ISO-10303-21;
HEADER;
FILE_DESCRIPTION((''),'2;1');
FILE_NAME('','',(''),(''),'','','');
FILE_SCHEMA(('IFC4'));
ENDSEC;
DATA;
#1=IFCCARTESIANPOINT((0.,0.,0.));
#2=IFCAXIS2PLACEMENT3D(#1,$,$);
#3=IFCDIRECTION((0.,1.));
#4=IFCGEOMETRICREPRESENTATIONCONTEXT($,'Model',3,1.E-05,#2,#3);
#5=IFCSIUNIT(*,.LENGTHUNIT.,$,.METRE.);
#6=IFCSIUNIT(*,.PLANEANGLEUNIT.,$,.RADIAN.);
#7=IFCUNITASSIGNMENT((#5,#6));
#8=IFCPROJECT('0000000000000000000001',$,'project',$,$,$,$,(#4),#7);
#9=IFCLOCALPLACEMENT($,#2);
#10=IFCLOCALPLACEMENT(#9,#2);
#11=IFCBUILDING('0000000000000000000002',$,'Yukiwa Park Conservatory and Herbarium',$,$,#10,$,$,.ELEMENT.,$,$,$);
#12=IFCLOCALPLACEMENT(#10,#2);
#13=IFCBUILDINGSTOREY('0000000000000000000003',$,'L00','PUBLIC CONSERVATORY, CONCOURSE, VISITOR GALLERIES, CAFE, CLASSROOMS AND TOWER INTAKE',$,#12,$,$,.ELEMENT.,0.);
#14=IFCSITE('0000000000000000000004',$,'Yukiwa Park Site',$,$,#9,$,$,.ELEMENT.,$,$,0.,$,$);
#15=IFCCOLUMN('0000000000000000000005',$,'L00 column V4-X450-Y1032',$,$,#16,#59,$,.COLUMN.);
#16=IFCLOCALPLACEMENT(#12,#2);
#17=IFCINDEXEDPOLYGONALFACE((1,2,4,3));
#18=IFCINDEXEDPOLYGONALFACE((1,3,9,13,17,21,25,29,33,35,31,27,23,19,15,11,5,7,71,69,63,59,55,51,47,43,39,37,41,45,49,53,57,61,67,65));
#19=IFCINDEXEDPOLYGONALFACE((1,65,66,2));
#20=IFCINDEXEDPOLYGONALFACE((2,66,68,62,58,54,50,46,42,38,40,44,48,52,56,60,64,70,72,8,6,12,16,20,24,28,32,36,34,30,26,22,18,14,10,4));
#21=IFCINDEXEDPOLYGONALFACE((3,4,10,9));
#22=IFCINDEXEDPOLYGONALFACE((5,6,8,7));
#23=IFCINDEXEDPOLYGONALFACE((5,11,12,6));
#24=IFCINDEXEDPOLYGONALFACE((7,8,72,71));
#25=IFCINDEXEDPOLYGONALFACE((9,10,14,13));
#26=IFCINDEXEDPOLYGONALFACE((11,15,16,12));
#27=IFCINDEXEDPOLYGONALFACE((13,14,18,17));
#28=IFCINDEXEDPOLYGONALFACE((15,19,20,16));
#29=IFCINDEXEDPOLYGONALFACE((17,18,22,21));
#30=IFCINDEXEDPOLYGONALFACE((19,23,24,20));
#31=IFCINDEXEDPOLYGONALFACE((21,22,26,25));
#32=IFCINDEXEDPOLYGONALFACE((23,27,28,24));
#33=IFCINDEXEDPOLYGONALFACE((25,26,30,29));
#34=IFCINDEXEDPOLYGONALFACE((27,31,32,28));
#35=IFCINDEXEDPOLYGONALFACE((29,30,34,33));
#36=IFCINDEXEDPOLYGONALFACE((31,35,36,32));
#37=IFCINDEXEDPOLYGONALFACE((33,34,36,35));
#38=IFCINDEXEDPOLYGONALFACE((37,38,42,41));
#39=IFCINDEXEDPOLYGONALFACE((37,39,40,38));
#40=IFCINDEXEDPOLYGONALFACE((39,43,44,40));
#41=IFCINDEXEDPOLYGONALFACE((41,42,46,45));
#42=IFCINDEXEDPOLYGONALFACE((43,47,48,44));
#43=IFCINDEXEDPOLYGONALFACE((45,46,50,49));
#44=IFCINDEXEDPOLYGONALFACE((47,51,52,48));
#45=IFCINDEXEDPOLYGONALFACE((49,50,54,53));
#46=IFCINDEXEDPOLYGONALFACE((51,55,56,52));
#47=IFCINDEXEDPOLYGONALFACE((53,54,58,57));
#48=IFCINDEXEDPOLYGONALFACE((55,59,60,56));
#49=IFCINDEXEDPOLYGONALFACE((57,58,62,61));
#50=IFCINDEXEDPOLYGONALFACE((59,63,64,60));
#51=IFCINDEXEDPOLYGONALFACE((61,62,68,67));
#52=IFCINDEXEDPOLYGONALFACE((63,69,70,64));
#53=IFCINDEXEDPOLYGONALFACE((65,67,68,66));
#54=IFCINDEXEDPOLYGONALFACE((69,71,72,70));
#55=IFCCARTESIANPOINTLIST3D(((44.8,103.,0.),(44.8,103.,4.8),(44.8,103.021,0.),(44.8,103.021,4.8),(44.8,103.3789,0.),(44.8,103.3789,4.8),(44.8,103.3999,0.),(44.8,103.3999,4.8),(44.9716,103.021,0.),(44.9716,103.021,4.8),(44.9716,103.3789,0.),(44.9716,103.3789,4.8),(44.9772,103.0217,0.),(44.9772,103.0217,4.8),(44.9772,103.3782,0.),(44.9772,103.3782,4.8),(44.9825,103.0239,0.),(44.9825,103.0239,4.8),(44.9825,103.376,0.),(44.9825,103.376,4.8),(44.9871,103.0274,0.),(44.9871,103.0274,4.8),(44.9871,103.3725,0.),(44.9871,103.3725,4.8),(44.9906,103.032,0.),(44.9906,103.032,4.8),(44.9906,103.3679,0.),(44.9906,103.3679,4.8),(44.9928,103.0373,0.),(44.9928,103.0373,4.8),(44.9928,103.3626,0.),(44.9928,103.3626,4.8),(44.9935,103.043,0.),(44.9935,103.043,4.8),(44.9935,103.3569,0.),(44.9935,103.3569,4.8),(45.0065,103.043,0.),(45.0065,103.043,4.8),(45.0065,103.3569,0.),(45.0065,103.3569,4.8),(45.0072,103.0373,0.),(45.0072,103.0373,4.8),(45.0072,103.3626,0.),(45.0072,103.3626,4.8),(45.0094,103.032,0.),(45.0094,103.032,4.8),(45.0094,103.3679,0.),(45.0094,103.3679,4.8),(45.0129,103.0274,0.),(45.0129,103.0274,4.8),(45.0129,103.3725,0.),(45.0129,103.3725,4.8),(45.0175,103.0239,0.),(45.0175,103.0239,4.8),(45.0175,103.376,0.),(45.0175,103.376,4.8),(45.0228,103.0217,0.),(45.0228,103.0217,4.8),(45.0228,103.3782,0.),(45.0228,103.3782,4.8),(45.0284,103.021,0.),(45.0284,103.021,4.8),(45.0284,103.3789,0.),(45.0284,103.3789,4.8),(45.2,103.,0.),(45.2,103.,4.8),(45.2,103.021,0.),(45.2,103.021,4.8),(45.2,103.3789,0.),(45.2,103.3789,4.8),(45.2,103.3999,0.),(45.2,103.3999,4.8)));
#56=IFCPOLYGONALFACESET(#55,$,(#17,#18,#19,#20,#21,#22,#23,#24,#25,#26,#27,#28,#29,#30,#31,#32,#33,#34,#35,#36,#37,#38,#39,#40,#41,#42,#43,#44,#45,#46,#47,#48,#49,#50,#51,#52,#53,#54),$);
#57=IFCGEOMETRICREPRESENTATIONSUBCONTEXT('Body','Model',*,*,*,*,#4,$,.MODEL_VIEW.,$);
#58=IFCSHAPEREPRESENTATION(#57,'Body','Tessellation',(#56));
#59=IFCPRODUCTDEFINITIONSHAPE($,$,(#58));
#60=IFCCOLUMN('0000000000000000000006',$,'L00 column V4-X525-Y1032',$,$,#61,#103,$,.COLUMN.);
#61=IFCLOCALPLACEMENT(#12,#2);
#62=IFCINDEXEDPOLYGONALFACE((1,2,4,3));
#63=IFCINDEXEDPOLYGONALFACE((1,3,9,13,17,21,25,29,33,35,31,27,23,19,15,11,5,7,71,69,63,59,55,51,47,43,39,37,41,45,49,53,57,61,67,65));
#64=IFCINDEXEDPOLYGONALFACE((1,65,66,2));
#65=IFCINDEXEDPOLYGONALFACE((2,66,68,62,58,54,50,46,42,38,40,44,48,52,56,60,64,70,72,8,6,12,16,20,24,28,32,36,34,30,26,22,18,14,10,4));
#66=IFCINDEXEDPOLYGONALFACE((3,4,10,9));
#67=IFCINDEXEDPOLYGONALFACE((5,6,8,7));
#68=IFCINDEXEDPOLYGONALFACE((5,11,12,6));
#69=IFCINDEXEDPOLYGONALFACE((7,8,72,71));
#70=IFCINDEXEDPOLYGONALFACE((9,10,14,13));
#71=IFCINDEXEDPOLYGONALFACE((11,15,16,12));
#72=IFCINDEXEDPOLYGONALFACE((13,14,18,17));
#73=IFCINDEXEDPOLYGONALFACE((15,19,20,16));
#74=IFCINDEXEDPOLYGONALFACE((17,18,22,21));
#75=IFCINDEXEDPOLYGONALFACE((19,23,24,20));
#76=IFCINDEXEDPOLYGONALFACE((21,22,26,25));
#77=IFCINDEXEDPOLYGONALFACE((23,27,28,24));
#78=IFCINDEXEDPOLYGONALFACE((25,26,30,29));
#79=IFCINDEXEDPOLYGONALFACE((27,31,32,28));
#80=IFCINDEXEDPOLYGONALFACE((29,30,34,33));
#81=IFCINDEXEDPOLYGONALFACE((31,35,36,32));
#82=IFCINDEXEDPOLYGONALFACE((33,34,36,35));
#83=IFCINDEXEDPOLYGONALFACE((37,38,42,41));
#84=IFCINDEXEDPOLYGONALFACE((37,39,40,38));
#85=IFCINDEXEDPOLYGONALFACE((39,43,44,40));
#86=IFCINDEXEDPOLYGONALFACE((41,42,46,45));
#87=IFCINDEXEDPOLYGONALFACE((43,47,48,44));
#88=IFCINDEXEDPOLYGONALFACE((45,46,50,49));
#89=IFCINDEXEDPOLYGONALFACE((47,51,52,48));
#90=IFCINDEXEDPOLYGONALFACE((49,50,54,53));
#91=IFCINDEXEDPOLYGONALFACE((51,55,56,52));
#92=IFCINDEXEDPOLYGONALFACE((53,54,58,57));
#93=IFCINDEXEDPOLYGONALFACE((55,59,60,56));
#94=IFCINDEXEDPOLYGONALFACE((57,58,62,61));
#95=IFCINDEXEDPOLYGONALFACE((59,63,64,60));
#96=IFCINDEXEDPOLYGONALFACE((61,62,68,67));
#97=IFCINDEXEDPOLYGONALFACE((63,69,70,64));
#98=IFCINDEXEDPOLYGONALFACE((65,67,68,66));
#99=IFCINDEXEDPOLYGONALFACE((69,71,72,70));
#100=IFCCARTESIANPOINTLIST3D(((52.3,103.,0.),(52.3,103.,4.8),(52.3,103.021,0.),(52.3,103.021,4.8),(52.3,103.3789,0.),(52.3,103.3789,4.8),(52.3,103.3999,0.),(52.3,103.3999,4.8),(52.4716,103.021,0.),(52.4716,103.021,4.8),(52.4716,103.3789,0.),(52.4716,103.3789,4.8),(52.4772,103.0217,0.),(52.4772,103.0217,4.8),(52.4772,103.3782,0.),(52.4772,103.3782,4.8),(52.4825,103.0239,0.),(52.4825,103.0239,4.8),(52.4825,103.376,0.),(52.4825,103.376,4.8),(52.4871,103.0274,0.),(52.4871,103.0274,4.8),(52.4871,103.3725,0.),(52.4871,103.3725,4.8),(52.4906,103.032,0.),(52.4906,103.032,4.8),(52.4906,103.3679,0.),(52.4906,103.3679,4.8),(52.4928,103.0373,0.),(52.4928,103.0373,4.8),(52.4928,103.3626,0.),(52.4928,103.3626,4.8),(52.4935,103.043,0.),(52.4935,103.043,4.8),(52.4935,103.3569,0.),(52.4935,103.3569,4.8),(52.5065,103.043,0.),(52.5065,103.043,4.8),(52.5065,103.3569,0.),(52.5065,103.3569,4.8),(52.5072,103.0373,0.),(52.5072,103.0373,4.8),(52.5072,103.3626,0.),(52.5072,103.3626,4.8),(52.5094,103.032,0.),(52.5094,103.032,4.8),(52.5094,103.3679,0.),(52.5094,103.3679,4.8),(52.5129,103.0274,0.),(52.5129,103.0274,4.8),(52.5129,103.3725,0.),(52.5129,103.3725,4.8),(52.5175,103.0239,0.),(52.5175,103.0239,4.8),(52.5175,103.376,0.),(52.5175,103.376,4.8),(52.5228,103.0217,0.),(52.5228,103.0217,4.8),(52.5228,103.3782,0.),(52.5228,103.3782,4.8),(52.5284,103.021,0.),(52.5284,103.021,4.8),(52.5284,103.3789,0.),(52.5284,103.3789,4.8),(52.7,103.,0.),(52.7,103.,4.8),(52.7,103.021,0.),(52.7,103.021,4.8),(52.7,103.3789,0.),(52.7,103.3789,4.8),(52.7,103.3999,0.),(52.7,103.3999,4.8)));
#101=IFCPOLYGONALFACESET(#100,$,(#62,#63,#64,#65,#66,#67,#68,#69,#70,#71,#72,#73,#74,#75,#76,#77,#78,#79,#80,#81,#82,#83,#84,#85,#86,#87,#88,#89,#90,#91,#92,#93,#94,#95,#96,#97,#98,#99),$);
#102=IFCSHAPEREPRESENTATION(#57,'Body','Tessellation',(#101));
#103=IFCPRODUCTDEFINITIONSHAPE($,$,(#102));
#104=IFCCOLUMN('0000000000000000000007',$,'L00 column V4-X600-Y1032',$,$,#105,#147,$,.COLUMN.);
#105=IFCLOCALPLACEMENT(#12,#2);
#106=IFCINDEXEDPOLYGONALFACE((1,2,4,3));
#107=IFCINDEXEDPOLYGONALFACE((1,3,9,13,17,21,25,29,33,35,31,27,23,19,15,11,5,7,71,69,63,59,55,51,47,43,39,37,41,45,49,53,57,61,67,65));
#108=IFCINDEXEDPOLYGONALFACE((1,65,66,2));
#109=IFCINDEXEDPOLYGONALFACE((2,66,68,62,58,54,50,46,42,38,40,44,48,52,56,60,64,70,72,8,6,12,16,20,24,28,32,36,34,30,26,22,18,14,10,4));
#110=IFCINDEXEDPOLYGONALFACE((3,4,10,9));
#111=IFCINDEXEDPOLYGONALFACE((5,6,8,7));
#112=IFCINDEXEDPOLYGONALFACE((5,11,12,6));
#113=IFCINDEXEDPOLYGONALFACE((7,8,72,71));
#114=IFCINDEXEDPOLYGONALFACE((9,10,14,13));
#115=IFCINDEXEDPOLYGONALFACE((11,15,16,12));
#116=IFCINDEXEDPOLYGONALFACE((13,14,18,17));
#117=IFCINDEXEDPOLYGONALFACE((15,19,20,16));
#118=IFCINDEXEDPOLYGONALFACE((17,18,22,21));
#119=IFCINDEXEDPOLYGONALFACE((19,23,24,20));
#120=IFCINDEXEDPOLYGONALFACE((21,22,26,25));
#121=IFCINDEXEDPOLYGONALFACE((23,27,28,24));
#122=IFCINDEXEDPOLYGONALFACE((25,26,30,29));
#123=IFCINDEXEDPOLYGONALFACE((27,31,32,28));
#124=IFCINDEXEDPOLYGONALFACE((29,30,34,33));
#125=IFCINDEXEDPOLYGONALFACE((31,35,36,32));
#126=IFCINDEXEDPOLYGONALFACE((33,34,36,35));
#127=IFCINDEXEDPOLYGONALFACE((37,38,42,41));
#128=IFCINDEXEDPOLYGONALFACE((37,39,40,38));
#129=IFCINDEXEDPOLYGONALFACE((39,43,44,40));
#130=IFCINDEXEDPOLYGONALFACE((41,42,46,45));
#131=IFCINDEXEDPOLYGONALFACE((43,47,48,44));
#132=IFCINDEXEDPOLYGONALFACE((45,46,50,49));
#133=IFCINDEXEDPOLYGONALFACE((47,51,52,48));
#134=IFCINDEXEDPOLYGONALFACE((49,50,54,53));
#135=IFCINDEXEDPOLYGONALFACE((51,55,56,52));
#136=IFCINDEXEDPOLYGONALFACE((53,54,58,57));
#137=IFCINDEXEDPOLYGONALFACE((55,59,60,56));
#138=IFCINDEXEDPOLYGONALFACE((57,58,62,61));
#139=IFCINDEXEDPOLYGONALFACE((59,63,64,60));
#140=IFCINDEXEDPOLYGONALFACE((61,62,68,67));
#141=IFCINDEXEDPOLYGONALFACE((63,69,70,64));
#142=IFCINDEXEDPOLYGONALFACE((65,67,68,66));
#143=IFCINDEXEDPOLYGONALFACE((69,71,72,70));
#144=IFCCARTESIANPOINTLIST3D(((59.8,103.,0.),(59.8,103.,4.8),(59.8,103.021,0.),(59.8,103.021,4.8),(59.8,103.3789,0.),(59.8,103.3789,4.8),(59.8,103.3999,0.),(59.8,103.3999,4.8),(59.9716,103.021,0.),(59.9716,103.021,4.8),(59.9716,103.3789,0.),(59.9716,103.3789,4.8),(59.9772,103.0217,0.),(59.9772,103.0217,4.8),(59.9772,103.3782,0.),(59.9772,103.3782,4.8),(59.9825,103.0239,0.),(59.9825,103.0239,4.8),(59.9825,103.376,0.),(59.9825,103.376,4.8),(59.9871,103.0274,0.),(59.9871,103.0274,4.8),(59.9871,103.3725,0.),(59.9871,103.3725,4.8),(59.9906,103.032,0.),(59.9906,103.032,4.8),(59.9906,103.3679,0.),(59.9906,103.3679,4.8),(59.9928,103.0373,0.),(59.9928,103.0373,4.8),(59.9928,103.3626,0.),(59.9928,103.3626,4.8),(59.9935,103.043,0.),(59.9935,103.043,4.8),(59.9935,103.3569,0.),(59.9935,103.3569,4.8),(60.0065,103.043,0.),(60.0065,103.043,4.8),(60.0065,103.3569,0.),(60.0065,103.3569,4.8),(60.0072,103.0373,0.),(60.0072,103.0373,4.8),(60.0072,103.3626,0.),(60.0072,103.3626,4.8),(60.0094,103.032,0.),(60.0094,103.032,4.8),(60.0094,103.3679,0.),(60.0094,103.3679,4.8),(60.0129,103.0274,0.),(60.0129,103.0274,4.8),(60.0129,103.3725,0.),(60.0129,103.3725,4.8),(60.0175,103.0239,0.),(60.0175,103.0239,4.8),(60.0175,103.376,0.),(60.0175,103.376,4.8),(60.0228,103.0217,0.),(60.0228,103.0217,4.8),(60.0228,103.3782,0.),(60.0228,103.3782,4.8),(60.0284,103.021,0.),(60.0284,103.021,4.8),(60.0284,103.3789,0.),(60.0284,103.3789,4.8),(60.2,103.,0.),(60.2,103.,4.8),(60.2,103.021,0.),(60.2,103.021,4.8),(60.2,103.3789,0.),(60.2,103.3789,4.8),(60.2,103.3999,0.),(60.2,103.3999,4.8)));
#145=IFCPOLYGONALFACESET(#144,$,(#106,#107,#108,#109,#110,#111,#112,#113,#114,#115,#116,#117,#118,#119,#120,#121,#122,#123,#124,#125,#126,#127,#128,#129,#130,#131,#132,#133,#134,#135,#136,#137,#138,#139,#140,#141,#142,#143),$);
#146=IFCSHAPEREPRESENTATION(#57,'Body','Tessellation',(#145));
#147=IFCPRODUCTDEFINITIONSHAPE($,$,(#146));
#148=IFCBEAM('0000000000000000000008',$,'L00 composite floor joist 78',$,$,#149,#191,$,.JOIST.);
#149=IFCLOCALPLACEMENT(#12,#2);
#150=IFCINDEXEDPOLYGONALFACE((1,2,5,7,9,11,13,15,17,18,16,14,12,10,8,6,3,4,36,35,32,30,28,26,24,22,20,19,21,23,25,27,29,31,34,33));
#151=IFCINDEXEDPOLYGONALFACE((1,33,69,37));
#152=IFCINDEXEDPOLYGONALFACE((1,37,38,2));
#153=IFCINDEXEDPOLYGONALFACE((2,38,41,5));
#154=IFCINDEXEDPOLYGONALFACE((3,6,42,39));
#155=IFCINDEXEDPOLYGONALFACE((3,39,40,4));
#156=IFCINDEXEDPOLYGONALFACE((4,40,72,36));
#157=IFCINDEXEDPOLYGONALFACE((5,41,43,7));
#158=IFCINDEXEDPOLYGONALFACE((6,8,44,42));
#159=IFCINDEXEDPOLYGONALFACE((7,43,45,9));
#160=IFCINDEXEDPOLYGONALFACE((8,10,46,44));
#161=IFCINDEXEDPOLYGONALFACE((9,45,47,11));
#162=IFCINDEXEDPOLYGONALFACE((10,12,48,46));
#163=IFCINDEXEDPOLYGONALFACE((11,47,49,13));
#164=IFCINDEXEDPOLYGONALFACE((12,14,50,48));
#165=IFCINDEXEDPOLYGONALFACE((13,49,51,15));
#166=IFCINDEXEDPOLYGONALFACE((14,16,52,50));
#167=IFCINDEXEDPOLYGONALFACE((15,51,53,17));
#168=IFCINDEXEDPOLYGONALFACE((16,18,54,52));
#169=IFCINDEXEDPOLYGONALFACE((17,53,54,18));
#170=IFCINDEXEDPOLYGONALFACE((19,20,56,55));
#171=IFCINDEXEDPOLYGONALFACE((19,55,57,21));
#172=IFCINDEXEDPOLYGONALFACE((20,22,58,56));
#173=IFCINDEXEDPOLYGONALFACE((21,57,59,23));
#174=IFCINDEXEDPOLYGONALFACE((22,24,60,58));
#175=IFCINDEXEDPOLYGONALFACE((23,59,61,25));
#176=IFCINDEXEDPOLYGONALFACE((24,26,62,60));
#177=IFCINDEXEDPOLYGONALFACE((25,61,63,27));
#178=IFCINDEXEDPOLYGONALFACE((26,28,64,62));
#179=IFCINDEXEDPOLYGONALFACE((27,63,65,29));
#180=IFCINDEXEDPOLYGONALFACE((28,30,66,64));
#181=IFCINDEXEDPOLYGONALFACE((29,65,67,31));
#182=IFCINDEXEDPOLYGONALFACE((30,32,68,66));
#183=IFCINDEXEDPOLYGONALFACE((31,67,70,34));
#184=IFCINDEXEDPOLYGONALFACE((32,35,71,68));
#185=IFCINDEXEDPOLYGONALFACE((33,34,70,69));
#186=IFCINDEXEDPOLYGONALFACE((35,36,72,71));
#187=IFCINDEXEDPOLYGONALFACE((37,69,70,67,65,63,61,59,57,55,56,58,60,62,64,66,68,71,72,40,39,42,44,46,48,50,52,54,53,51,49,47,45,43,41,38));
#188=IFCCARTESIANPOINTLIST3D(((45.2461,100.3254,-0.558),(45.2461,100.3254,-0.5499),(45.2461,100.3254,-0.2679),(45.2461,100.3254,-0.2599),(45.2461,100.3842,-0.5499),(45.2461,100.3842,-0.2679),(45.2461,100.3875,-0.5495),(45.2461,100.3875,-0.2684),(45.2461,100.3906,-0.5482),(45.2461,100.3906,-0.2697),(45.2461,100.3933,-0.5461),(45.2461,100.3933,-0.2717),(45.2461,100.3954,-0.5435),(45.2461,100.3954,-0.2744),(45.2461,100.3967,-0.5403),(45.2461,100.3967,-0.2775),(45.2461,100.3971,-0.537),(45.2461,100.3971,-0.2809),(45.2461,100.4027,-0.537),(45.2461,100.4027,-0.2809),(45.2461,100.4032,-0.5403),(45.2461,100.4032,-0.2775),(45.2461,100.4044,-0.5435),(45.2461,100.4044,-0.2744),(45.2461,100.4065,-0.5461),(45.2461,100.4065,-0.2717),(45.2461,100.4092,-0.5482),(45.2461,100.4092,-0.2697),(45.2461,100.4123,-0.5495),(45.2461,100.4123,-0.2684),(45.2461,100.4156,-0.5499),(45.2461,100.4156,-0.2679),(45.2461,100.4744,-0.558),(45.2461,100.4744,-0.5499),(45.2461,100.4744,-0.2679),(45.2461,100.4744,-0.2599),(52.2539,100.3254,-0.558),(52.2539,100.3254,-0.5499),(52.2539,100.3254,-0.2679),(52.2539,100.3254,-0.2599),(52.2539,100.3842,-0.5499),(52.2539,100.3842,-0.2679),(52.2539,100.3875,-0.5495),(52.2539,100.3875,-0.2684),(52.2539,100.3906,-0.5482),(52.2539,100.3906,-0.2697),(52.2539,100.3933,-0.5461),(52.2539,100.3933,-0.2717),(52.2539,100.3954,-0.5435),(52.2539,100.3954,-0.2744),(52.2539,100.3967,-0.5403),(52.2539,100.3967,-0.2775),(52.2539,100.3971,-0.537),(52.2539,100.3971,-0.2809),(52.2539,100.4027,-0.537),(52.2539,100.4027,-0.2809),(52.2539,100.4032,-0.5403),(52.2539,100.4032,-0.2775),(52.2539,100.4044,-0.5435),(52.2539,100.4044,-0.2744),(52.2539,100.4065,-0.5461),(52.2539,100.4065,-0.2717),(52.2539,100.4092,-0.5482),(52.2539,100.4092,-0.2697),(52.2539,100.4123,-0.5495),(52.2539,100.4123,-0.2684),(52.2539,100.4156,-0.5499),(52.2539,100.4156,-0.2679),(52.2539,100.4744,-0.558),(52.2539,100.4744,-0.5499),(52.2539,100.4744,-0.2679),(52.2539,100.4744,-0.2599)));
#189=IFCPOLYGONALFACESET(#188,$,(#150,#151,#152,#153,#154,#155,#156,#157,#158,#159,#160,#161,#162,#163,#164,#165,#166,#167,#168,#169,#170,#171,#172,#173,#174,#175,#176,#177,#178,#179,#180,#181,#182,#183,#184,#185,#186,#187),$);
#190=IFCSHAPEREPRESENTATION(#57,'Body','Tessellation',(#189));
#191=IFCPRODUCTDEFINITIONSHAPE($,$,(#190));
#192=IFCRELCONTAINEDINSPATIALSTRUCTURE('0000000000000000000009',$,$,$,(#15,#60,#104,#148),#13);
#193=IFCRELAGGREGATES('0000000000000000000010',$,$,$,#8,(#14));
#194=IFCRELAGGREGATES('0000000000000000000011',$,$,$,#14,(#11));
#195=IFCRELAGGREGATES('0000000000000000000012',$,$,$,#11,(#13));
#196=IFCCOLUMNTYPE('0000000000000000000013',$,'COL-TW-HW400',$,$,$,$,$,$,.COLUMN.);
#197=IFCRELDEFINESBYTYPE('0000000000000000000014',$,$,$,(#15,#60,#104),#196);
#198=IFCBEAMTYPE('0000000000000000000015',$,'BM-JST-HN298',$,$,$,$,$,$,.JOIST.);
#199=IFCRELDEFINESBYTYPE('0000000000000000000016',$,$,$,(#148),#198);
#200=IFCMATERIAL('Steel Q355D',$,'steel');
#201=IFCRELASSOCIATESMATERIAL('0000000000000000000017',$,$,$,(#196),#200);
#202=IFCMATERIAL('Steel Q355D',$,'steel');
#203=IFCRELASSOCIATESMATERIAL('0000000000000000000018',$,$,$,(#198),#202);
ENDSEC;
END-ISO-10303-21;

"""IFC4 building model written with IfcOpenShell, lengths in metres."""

from ifc_helpers import new_model, si_unit, direction, frame, origin, origin_2d, place, context, subcontext, project, spatial, i_section, extrude, material, material_profile, profile_set, type_object, element, save


model = new_model("IFC4")

# Units and contexts
model_context = context("Model", 3, precision=1e-05, world=origin(), true_north=direction((0.0, 1.0)))
body_context = subcontext(model_context, "Body", "Model", "MODEL_VIEW")
ifc_project = project(units=[si_unit("LENGTHUNIT", "METRE"), si_unit("PLANEANGLEUNIT", "RADIAN")], contexts=[model_context])

# Site, building, storey
site_placement = place(None, origin())
site = spatial("IfcSite", under=ifc_project, at=site_placement, Name="Yukiwa Park Site", CompositionType="ELEMENT", RefElevation=0.0)
building_placement = place(site_placement, origin())
building = spatial("IfcBuilding", under=site, at=building_placement, Name="Yukiwa Park Conservatory and Herbarium", CompositionType="ELEMENT")
storey_placement = place(building_placement, origin())
storey = spatial("IfcBuildingStorey", under=building, at=storey_placement, Name="L00", Description="PUBLIC CONSERVATORY, CONCOURSE, VISITOR GALLERIES, CAFE, CLASSROOMS AND TOWER INTAKE", CompositionType="ELEMENT", Elevation=0.0)

# Columns
ifc_material_1 = material(Name="Steel Q355D", Category="steel")
ifc_material_profile_1 = material_profile(ifc_material_1, i_section(OverallWidth=0.3999, OverallDepth=0.3999, WebThickness=0.0129, FlangeThickness=0.021, FilletRadius=0.022, at=origin_2d()), Name="HW 400x400x13x21")
ifc_profile_set_1 = profile_set([ifc_material_profile_1], Name="Steel Q355D")
column_type_1 = type_object("IfcColumnType", Name="COL-TW-HW400", PredefinedType="COLUMN", material=ifc_profile_set_1)
for number, where, z_axis, x_axis, name in (
    (1, (45.0, 103.2, 0.0), (0.0, 0.0, 1.0), (1.0, 0.0, 0.0), "L00 column V4-X450-Y1032"),
    (2, (52.5, 103.2, 0.0), (0.0, 0.0, 1.0), (1.0, 0.0, 0.0), "L00 column V4-X525-Y1032"),
    (3, (60.0, 103.2, 0.0), (0.0, 0.0, 1.0), (1.0, 0.0, 0.0), "L00 column V4-X600-Y1032"),
):
    element("IfcColumn", number, at=place(storey_placement, frame(where, z_axis=z_axis, x_axis=x_axis)), inside=storey, type_object=column_type_1, Name=name, PredefinedType="COLUMN", context=body_context, shape_type="SweptSolid", body=[
        extrude(i_section(OverallWidth=0.3999, OverallDepth=0.3999, WebThickness=0.0129, FlangeThickness=0.021, FilletRadius=0.022, at=origin_2d()), origin(), (0.0, 0.0, 1.0), 4.8),
    ])

# Beam
ifc_material_2 = material(Name="Steel Q355D", Category="steel")
ifc_material_profile_2 = material_profile(ifc_material_2, i_section(OverallWidth=0.1489, OverallDepth=0.2981, WebThickness=0.0056, FlangeThickness=0.0081, FilletRadius=0.0129, at=origin_2d()), Name="HN 298x149x5.5x8")
ifc_profile_set_2 = profile_set([ifc_material_profile_2], Name="Steel Q355D")
beam_type_1 = type_object("IfcBeamType", Name="BM-JST-HN298", PredefinedType="JOIST", material=ifc_profile_set_2)
for number, where, z_axis, x_axis, name in (
    (4, (45.2461, 100.3999, -0.4089), (1.0, 0.0, 0.0), (0.0, 1.0, 0.0), "L00 composite floor joist 78"),
):
    element("IfcBeam", number, at=place(storey_placement, frame(where, z_axis=z_axis, x_axis=x_axis)), inside=storey, type_object=beam_type_1, Name=name, PredefinedType="JOIST", context=body_context, shape_type="SweptSolid", body=[
        extrude(i_section(OverallWidth=0.1489, OverallDepth=0.2981, WebThickness=0.0056, FlangeThickness=0.0081, FilletRadius=0.0129, at=origin_2d()), origin(), (0.0, 0.0, 1.0), 7.0078),
    ])

save(model, "model.ifc")
